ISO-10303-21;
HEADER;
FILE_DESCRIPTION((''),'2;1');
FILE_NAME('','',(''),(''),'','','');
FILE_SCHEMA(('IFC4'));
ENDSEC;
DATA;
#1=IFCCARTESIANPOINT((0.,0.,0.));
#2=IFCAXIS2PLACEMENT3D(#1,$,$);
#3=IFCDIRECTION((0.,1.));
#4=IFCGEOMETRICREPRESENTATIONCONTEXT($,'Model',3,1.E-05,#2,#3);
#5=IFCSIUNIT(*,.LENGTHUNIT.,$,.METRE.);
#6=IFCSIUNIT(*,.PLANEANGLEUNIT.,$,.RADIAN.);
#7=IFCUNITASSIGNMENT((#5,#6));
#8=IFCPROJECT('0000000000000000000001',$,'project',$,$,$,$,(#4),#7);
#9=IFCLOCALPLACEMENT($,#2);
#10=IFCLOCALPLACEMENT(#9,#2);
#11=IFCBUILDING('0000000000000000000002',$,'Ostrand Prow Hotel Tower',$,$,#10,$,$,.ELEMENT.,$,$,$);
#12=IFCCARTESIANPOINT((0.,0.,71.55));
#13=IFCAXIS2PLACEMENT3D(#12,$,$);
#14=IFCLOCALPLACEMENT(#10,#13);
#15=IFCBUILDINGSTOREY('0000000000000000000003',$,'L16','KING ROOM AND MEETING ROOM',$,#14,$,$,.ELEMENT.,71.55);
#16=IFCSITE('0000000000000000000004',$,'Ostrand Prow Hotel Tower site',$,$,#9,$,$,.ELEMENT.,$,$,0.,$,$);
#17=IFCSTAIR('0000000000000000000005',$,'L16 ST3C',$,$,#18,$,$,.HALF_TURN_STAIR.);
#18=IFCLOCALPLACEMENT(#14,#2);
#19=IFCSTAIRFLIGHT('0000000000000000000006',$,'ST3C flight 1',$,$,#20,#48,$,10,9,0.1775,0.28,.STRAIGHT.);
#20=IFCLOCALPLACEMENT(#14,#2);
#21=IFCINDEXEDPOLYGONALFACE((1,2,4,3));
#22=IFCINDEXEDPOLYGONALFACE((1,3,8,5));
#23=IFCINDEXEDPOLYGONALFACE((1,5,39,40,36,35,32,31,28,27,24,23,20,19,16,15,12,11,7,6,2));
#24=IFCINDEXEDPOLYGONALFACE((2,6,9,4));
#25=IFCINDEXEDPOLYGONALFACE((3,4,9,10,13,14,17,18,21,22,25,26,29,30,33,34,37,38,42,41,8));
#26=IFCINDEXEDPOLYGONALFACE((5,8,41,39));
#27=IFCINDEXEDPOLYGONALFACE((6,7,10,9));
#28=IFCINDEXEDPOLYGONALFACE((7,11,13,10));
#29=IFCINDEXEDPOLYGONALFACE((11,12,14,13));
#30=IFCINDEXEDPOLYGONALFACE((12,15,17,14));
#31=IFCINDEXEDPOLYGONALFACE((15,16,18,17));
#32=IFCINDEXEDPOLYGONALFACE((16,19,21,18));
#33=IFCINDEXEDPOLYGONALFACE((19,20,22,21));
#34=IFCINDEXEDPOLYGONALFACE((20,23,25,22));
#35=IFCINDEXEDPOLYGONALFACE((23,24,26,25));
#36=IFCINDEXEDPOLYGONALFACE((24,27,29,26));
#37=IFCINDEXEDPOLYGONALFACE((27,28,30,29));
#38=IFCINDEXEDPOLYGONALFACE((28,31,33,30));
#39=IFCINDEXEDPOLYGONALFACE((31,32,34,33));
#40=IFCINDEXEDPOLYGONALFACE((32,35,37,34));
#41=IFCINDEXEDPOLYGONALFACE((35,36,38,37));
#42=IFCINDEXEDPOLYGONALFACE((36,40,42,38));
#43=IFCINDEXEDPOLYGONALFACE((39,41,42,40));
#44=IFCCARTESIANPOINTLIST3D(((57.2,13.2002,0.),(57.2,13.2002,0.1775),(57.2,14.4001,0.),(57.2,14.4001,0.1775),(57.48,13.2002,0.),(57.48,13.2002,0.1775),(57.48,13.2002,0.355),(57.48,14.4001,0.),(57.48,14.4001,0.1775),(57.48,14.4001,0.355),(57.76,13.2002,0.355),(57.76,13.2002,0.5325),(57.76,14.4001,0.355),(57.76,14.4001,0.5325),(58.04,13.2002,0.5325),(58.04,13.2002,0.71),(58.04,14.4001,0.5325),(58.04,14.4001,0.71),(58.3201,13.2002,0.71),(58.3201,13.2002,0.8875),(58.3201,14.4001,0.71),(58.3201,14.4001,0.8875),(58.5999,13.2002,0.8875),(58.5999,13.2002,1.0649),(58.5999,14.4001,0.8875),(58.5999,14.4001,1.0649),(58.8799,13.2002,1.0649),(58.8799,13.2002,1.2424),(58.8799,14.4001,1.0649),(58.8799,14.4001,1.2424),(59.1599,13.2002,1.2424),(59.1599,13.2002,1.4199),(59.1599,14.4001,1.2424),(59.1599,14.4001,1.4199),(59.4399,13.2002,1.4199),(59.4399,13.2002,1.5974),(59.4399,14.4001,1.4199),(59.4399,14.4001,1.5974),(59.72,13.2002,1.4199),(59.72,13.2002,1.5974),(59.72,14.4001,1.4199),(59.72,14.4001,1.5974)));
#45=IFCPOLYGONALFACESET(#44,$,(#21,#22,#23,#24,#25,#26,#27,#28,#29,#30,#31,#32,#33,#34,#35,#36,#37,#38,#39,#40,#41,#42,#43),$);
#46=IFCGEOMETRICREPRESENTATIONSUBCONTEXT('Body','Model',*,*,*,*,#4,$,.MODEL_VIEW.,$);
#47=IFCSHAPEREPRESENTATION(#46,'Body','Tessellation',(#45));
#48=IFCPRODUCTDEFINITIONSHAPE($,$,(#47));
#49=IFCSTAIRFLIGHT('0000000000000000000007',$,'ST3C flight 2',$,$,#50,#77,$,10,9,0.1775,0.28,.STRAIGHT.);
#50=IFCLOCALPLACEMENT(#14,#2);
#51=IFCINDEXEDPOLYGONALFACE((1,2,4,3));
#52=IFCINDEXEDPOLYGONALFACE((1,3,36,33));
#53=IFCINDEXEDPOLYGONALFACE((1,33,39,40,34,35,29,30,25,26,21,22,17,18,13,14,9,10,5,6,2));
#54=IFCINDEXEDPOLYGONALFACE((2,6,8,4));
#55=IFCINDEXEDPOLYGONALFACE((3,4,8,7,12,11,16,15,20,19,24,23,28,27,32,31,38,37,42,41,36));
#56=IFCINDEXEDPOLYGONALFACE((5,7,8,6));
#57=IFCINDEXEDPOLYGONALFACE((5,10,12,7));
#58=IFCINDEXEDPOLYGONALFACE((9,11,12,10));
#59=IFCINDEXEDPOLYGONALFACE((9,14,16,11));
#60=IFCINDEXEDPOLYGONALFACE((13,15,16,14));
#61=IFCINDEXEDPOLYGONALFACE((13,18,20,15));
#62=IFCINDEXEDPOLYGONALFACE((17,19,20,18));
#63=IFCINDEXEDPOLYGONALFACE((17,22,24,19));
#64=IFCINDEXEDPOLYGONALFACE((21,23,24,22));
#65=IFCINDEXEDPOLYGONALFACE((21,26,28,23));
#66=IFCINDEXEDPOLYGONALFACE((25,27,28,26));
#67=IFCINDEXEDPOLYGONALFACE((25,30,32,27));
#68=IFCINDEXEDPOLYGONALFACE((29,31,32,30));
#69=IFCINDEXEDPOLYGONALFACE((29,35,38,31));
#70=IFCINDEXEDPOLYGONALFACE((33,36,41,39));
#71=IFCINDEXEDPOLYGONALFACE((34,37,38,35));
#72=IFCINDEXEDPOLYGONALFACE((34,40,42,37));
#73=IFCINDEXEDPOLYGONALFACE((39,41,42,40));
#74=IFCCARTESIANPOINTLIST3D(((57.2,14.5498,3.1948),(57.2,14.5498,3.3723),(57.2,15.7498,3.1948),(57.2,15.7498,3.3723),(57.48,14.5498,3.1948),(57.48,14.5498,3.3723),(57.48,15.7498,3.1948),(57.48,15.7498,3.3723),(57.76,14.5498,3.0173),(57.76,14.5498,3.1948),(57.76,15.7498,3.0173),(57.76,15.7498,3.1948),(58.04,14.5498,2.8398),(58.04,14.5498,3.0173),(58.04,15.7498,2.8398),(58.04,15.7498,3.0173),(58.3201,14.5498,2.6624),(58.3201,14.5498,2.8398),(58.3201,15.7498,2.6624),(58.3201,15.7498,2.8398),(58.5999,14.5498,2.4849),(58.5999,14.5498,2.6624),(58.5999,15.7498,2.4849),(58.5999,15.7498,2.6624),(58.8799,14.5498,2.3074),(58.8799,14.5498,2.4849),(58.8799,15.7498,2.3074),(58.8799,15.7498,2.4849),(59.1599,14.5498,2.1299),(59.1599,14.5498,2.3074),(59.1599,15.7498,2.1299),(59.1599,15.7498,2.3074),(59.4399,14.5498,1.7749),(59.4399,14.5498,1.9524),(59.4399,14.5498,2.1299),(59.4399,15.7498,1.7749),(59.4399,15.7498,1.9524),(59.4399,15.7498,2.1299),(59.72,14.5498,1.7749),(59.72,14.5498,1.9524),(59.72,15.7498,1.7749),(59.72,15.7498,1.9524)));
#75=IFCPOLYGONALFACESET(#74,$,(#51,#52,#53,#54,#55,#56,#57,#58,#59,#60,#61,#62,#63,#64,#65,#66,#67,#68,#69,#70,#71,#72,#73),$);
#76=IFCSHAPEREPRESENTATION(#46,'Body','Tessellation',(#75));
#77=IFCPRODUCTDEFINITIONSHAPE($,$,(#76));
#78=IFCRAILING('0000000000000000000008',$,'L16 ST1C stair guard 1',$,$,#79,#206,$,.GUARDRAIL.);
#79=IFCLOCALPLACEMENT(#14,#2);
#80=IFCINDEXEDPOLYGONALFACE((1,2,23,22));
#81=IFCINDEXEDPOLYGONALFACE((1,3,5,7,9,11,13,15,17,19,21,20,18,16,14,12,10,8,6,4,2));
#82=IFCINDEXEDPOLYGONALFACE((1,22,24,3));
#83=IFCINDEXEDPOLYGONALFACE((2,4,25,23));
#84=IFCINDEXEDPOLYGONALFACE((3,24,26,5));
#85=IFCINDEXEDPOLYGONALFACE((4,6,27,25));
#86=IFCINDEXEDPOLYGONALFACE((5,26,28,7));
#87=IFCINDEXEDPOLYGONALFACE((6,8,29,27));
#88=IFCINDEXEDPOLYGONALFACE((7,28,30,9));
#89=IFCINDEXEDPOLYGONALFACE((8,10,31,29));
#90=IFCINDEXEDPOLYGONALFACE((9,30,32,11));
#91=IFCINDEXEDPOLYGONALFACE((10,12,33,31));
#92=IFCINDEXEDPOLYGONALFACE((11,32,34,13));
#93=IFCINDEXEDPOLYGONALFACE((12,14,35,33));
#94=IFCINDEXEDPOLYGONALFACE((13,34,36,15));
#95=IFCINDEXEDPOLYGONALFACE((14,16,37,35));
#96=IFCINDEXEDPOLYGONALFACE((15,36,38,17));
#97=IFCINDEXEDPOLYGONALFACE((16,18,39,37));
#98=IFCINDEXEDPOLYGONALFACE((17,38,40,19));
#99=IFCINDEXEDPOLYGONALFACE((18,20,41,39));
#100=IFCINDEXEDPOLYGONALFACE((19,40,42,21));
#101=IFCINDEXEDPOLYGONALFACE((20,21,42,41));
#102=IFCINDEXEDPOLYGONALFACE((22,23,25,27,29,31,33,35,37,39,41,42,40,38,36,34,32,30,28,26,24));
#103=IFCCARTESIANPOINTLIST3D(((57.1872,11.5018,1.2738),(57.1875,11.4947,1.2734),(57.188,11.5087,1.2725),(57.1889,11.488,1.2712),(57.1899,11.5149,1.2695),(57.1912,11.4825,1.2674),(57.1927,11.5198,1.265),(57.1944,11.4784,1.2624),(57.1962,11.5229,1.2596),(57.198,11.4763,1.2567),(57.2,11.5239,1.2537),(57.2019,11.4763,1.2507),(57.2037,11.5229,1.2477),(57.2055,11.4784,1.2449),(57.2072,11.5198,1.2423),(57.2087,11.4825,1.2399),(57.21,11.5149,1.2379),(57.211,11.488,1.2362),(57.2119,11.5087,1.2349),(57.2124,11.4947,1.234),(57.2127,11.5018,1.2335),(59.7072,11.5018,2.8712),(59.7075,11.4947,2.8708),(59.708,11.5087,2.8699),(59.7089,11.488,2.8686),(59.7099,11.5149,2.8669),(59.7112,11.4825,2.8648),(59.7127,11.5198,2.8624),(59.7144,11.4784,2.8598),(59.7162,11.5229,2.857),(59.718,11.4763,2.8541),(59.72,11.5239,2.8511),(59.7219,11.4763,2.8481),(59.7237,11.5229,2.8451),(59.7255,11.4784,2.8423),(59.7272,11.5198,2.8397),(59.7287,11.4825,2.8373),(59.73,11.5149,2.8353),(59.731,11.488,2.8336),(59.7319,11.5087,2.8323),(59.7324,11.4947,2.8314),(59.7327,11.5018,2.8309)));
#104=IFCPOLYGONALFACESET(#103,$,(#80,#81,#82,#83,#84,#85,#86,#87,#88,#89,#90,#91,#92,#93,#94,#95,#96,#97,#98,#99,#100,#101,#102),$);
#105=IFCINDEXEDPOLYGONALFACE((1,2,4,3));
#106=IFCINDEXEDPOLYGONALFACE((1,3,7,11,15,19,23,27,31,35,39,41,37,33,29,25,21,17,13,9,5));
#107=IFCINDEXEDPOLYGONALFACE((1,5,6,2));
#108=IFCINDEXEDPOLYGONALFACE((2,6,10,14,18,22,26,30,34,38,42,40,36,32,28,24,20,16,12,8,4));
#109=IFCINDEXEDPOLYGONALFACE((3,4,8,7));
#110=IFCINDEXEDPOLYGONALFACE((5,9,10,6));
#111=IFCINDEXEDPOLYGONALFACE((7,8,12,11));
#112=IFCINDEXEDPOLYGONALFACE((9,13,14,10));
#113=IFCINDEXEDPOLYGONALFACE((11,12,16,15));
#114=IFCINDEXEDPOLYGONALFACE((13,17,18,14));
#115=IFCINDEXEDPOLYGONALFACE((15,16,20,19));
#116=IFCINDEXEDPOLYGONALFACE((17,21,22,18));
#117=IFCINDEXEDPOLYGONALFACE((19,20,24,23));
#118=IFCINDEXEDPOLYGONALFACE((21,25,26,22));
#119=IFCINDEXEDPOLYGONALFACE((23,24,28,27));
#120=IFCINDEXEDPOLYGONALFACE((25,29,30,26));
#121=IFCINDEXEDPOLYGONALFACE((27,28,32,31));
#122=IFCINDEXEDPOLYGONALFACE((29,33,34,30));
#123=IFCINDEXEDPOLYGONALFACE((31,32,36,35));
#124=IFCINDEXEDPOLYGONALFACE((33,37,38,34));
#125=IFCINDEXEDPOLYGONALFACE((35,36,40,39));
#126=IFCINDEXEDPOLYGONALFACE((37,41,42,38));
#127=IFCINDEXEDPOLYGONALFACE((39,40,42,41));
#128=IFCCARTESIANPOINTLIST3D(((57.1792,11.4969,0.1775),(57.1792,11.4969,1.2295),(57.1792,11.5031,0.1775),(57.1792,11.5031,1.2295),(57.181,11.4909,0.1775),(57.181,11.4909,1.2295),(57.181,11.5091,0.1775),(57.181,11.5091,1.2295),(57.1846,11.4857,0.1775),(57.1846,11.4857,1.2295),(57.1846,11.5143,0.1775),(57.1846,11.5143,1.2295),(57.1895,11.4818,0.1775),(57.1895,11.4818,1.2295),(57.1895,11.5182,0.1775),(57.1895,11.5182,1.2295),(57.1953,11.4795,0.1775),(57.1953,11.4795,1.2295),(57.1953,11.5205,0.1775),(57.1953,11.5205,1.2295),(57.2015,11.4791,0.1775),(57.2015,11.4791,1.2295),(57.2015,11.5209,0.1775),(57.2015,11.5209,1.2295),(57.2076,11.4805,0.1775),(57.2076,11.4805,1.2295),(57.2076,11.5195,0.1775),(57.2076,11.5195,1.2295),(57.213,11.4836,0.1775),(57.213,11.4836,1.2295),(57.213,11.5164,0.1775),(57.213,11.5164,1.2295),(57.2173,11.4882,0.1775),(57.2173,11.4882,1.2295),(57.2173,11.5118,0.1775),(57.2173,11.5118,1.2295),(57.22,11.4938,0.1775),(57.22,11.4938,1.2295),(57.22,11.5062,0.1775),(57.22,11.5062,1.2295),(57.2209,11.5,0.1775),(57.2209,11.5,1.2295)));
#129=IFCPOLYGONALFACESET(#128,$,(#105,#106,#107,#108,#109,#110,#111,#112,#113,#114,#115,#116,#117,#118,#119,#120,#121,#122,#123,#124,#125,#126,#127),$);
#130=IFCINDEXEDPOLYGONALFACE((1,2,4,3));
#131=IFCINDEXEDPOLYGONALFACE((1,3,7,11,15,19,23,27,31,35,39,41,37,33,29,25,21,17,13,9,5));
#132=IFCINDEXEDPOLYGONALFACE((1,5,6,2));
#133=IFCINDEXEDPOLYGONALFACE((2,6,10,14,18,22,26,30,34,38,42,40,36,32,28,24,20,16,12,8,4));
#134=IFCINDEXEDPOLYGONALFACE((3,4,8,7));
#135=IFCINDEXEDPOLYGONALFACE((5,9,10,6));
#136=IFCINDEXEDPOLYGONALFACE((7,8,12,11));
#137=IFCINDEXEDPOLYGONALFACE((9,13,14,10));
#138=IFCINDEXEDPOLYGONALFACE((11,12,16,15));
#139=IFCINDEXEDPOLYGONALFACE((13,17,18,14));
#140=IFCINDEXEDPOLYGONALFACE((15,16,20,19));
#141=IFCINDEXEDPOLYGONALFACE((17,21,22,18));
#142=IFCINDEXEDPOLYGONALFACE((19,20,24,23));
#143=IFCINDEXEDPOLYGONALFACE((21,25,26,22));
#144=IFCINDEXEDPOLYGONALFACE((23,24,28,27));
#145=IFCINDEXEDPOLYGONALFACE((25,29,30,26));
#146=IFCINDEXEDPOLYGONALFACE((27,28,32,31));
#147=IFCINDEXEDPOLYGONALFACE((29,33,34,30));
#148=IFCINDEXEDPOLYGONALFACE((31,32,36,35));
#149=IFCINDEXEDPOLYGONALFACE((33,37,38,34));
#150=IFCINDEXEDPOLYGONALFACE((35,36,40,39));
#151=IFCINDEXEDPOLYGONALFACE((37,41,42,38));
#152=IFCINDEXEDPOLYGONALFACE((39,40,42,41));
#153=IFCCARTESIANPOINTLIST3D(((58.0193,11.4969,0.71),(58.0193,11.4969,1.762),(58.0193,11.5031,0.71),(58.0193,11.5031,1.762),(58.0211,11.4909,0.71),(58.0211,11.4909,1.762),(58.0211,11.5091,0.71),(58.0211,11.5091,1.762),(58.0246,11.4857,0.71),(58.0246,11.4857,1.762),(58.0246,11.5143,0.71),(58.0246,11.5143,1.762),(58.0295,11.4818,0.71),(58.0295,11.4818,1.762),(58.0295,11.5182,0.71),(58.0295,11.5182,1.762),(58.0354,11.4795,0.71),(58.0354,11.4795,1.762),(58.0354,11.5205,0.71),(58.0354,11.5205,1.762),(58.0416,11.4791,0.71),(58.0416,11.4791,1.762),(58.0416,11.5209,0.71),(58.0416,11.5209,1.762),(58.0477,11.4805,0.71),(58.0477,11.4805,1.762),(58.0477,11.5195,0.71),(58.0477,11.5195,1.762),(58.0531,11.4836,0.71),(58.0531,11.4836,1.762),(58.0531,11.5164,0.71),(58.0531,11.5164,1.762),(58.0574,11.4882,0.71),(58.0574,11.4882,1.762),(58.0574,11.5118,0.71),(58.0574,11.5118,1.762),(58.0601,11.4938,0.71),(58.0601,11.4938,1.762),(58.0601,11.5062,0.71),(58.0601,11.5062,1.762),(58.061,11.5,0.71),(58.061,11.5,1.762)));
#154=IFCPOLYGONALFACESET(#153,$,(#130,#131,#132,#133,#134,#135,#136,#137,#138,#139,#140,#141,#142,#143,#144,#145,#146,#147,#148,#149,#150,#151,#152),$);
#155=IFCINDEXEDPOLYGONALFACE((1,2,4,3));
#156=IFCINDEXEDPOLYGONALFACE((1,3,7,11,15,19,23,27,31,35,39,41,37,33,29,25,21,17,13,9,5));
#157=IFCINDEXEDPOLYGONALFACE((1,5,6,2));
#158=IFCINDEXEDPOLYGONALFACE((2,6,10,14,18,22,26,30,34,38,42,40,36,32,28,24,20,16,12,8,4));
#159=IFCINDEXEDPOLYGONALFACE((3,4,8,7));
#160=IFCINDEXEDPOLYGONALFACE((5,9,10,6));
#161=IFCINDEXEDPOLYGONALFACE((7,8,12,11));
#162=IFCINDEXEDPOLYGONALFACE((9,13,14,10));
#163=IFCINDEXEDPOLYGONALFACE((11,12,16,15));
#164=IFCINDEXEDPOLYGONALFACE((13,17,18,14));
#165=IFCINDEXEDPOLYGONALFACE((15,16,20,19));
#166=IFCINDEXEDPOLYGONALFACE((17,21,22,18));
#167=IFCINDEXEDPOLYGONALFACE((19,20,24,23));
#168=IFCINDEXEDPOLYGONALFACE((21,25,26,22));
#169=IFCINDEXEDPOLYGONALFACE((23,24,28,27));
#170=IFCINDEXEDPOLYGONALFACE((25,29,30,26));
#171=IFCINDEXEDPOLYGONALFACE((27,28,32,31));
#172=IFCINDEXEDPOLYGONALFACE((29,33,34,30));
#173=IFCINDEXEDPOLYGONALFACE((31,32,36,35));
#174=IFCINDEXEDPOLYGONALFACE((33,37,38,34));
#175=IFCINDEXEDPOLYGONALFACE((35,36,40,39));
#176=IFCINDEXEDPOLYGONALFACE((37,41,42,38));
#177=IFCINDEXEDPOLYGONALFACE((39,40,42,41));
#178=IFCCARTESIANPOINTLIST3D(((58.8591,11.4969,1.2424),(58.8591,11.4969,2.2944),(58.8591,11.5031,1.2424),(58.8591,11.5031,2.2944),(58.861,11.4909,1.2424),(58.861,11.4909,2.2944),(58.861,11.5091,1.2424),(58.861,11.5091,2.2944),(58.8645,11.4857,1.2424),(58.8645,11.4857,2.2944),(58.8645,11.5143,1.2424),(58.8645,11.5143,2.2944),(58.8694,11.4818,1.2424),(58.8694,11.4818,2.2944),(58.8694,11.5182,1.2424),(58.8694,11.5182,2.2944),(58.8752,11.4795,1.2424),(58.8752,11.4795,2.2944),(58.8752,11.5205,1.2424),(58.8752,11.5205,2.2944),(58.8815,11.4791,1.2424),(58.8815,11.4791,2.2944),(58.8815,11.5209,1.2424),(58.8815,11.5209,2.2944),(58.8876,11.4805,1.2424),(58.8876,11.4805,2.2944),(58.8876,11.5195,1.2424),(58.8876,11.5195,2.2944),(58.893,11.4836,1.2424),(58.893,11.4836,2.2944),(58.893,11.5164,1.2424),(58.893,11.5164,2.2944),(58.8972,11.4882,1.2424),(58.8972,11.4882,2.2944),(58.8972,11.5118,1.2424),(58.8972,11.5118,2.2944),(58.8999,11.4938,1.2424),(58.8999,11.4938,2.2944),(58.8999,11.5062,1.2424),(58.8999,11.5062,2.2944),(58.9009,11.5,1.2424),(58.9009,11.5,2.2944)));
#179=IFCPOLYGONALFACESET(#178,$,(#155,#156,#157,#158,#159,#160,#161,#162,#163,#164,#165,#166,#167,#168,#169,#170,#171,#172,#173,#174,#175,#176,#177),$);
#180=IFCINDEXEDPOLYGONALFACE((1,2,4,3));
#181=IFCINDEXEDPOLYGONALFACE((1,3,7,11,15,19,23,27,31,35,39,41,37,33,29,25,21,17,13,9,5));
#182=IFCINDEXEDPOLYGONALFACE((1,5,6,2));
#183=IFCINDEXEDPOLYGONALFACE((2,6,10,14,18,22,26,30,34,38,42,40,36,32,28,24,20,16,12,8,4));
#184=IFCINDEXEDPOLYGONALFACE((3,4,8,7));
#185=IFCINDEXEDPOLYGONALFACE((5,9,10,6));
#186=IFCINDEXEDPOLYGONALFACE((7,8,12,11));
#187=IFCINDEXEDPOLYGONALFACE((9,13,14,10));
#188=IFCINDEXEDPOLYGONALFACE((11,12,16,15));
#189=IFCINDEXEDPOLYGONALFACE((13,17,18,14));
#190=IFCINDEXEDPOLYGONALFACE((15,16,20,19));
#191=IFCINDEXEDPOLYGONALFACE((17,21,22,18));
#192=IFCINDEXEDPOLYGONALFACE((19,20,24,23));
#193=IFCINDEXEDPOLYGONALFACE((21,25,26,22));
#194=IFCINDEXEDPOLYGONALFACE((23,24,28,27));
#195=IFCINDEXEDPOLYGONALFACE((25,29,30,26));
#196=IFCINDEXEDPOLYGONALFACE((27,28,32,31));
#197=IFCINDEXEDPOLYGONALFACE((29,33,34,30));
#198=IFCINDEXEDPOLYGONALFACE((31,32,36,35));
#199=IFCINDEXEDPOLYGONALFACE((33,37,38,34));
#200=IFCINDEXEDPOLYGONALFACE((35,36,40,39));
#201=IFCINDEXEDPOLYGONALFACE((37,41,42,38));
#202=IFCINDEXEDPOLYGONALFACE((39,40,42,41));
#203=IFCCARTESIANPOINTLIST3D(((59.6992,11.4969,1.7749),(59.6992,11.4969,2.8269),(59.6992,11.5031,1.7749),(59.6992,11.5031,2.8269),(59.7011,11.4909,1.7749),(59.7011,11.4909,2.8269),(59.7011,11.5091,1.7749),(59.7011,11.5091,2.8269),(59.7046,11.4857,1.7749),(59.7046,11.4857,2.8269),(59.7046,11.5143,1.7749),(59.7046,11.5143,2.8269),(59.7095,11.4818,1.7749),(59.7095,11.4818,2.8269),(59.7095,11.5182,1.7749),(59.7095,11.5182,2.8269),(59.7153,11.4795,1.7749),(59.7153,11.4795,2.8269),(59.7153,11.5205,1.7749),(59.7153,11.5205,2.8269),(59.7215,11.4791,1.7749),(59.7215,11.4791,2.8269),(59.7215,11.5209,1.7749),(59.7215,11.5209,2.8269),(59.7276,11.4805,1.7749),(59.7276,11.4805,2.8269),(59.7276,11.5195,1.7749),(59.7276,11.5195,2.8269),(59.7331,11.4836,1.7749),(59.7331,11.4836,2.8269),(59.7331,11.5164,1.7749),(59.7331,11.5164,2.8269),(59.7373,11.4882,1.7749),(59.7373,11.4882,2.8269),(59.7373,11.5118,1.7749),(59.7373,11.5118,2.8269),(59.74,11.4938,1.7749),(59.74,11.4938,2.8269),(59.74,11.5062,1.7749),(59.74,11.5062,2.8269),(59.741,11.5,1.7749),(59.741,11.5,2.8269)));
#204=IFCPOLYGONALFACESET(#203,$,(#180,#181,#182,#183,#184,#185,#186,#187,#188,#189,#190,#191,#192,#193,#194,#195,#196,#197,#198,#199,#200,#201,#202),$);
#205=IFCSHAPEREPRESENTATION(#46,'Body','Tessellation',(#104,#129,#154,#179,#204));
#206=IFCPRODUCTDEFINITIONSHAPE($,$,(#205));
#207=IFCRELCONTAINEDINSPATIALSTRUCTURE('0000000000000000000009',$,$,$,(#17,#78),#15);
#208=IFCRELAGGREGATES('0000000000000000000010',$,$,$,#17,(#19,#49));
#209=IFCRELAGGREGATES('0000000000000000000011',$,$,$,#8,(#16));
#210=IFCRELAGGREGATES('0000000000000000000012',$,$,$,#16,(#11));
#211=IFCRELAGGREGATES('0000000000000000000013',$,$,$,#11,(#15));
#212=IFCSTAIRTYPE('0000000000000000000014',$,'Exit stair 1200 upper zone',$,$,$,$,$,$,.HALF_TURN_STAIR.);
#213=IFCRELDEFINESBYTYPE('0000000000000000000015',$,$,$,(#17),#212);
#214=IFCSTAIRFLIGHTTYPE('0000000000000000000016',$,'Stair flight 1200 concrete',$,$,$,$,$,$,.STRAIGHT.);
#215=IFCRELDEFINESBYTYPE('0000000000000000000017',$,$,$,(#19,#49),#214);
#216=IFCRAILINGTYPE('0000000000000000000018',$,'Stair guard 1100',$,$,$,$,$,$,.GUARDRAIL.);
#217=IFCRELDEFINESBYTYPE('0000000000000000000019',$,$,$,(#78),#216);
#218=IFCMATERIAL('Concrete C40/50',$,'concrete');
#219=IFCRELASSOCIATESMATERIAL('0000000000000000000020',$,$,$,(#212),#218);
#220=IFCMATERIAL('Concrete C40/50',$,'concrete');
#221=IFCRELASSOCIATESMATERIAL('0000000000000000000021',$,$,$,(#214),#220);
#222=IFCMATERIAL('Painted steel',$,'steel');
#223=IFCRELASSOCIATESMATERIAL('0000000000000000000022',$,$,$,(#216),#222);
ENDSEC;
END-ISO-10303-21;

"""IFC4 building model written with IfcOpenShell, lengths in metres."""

from ifc_helpers import new_model, si_unit, direction, frame, origin, origin_2d, place, context, subcontext, project, spatial, polyline, circle, outline, extrude, material, type_object, element, aggregate, save


model = new_model("IFC4")

# Units and contexts
model_context = context("Model", 3, precision=1e-05, world=origin(), true_north=direction((0.0, 1.0)))
body_context = subcontext(model_context, "Body", "Model", "MODEL_VIEW")
ifc_project = project(units=[si_unit("LENGTHUNIT", "METRE"), si_unit("PLANEANGLEUNIT", "RADIAN")], contexts=[model_context])

# Site, building, storey
site_placement = place(None, origin())
site = spatial("IfcSite", under=ifc_project, at=site_placement, Name="Ostrand Prow Hotel Tower site", CompositionType="ELEMENT", RefElevation=0.0)
building_placement = place(site_placement, origin())
building = spatial("IfcBuilding", under=site, at=building_placement, Name="Ostrand Prow Hotel Tower", CompositionType="ELEMENT")
storey_placement = place(building_placement, frame((0.0, 0.0, 71.55)))
storey = spatial("IfcBuildingStorey", under=building, at=storey_placement, Name="L16", Description="KING ROOM AND MEETING ROOM", CompositionType="ELEMENT", Elevation=71.55)

# Stair, stair flights
ifc_material_1 = material(Name="Concrete C40/50", Category="concrete")
stair_type = type_object("IfcStairType", Name="Exit stair 1200 upper zone", PredefinedType="HALF_TURN_STAIR", material=ifc_material_1)
ifc_material_2 = material(Name="Concrete C40/50", Category="concrete")
stair_flight_type = type_object("IfcStairFlightType", Name="Stair flight 1200 concrete", PredefinedType="STRAIGHT", material=ifc_material_2)
stair_1_placement = place(storey_placement, origin())
stair_1 = element("IfcStair", 1, at=stair_1_placement, inside=storey, type_object=stair_type, Name="L16 ST3C", PredefinedType="HALF_TURN_STAIR")
stair_flight_1_placement = place(storey_placement, frame((57.2, 13.8, 0.0), z_axis=(0.0, 0.0, 1.0), x_axis=(1.0, 0.0, 0.0)))
stair_flight_1 = element("IfcStairFlight", 2, at=stair_flight_1_placement, type_object=stair_flight_type, Name="ST3C flight 1", NumberOfRisers=10, NumberOfTreads=9, PredefinedType="STRAIGHT", RiserHeight=0.1775, TreadLength=0.28, context=body_context, shape_type="SweptSolid", body=[
    extrude(outline(polyline([(0.0, 0.0), (0.0, 0.1775), (0.28, 0.1775), (0.28, 0.355), (0.5601, 0.355), (0.5601, 0.5325), (0.8401, 0.5325), (0.8401, 0.71), (1.1201, 0.71), (1.1201, 0.8875), (1.3999, 0.8875), (1.3999, 1.0649), (1.6799, 1.0649), (1.6799, 1.2424), (1.96, 1.2424), (1.96, 1.4199), (2.24, 1.4199), (2.24, 1.5974), (2.52, 1.5974), (2.52, 1.7749), (2.52, 1.4199), (0.28, 0.0), (0.0, 0.0)])), frame((0.0, 0.6001, 0.0), z_axis=(0.0, -1.0, 0.0), x_axis=(1.0, 0.0, 0.0)), (0.0, 0.0, 1.0), 1.2),
])
stair_flight_2_placement = place(storey_placement, frame((59.72, 15.1499, 1.7749), z_axis=(0.0, 0.0, 1.0), x_axis=(-1.0, 0.0, 0.0)))
stair_flight_2 = element("IfcStairFlight", 3, at=stair_flight_2_placement, type_object=stair_flight_type, Name="ST3C flight 2", NumberOfRisers=10, NumberOfTreads=9, PredefinedType="STRAIGHT", RiserHeight=0.1775, TreadLength=0.28, context=body_context, shape_type="SweptSolid", body=[
    extrude(outline(polyline([(0.0, 0.0), (0.0, 0.1775), (0.28, 0.1775), (0.28, 0.355), (0.5601, 0.355), (0.5601, 0.5325), (0.8401, 0.5325), (0.8401, 0.71), (1.1201, 0.71), (1.1201, 0.8875), (1.3999, 0.8875), (1.3999, 1.0649), (1.6799, 1.0649), (1.6799, 1.2424), (1.96, 1.2424), (1.96, 1.4199), (2.24, 1.4199), (2.24, 1.5974), (2.52, 1.5974), (2.52, 1.7749), (2.52, 1.4199), (0.28, 0.0), (0.0, 0.0)])), frame((0.0, 0.6001, 0.0), z_axis=(0.0, -1.0, 0.0), x_axis=(1.0, 0.0, 0.0)), (0.0, 0.0, 1.0), 1.2),
])
aggregate(stair_1, [stair_flight_1, stair_flight_2])

# Railing
ifc_material_3 = material(Name="Painted steel", Category="steel")
railing_type_1 = type_object("IfcRailingType", Name="Stair guard 1100", PredefinedType="GUARDRAIL", material=ifc_material_3)
railing_1_placement = place(storey_placement, frame((57.2, 11.5, 0.1775)))
element("IfcRailing", 4, at=railing_1_placement, inside=storey, type_object=railing_type_1, Name="L16 ST1C stair guard 1", PredefinedType="GUARDRAIL", context=body_context, shape_type="SweptSolid", body=[
    extrude(circle(Radius=0.0239, at=origin_2d()), frame((0.0, 0.0, 1.0762), z_axis=(0.844607, 0.0, 0.535387), x_axis=(0.0, 1.0, 0.0)), (0.0, 0.0, 1.0), 2.9836),
    extrude(circle(Radius=0.021, at=origin_2d()), origin(), (0.0, 0.0, 1.0), 1.052),
    extrude(circle(Radius=0.021, at=origin_2d()), frame((0.8401, 0.0, 0.5325)), (0.0, 0.0, 1.0), 1.052),
    extrude(circle(Radius=0.021, at=origin_2d()), frame((1.6799, 0.0, 1.0649)), (0.0, 0.0, 1.0), 1.052),
    extrude(circle(Radius=0.021, at=origin_2d()), frame((2.52, 0.0, 1.5974)), (0.0, 0.0, 1.0), 1.052),
])

save(model, "model.ifc")
